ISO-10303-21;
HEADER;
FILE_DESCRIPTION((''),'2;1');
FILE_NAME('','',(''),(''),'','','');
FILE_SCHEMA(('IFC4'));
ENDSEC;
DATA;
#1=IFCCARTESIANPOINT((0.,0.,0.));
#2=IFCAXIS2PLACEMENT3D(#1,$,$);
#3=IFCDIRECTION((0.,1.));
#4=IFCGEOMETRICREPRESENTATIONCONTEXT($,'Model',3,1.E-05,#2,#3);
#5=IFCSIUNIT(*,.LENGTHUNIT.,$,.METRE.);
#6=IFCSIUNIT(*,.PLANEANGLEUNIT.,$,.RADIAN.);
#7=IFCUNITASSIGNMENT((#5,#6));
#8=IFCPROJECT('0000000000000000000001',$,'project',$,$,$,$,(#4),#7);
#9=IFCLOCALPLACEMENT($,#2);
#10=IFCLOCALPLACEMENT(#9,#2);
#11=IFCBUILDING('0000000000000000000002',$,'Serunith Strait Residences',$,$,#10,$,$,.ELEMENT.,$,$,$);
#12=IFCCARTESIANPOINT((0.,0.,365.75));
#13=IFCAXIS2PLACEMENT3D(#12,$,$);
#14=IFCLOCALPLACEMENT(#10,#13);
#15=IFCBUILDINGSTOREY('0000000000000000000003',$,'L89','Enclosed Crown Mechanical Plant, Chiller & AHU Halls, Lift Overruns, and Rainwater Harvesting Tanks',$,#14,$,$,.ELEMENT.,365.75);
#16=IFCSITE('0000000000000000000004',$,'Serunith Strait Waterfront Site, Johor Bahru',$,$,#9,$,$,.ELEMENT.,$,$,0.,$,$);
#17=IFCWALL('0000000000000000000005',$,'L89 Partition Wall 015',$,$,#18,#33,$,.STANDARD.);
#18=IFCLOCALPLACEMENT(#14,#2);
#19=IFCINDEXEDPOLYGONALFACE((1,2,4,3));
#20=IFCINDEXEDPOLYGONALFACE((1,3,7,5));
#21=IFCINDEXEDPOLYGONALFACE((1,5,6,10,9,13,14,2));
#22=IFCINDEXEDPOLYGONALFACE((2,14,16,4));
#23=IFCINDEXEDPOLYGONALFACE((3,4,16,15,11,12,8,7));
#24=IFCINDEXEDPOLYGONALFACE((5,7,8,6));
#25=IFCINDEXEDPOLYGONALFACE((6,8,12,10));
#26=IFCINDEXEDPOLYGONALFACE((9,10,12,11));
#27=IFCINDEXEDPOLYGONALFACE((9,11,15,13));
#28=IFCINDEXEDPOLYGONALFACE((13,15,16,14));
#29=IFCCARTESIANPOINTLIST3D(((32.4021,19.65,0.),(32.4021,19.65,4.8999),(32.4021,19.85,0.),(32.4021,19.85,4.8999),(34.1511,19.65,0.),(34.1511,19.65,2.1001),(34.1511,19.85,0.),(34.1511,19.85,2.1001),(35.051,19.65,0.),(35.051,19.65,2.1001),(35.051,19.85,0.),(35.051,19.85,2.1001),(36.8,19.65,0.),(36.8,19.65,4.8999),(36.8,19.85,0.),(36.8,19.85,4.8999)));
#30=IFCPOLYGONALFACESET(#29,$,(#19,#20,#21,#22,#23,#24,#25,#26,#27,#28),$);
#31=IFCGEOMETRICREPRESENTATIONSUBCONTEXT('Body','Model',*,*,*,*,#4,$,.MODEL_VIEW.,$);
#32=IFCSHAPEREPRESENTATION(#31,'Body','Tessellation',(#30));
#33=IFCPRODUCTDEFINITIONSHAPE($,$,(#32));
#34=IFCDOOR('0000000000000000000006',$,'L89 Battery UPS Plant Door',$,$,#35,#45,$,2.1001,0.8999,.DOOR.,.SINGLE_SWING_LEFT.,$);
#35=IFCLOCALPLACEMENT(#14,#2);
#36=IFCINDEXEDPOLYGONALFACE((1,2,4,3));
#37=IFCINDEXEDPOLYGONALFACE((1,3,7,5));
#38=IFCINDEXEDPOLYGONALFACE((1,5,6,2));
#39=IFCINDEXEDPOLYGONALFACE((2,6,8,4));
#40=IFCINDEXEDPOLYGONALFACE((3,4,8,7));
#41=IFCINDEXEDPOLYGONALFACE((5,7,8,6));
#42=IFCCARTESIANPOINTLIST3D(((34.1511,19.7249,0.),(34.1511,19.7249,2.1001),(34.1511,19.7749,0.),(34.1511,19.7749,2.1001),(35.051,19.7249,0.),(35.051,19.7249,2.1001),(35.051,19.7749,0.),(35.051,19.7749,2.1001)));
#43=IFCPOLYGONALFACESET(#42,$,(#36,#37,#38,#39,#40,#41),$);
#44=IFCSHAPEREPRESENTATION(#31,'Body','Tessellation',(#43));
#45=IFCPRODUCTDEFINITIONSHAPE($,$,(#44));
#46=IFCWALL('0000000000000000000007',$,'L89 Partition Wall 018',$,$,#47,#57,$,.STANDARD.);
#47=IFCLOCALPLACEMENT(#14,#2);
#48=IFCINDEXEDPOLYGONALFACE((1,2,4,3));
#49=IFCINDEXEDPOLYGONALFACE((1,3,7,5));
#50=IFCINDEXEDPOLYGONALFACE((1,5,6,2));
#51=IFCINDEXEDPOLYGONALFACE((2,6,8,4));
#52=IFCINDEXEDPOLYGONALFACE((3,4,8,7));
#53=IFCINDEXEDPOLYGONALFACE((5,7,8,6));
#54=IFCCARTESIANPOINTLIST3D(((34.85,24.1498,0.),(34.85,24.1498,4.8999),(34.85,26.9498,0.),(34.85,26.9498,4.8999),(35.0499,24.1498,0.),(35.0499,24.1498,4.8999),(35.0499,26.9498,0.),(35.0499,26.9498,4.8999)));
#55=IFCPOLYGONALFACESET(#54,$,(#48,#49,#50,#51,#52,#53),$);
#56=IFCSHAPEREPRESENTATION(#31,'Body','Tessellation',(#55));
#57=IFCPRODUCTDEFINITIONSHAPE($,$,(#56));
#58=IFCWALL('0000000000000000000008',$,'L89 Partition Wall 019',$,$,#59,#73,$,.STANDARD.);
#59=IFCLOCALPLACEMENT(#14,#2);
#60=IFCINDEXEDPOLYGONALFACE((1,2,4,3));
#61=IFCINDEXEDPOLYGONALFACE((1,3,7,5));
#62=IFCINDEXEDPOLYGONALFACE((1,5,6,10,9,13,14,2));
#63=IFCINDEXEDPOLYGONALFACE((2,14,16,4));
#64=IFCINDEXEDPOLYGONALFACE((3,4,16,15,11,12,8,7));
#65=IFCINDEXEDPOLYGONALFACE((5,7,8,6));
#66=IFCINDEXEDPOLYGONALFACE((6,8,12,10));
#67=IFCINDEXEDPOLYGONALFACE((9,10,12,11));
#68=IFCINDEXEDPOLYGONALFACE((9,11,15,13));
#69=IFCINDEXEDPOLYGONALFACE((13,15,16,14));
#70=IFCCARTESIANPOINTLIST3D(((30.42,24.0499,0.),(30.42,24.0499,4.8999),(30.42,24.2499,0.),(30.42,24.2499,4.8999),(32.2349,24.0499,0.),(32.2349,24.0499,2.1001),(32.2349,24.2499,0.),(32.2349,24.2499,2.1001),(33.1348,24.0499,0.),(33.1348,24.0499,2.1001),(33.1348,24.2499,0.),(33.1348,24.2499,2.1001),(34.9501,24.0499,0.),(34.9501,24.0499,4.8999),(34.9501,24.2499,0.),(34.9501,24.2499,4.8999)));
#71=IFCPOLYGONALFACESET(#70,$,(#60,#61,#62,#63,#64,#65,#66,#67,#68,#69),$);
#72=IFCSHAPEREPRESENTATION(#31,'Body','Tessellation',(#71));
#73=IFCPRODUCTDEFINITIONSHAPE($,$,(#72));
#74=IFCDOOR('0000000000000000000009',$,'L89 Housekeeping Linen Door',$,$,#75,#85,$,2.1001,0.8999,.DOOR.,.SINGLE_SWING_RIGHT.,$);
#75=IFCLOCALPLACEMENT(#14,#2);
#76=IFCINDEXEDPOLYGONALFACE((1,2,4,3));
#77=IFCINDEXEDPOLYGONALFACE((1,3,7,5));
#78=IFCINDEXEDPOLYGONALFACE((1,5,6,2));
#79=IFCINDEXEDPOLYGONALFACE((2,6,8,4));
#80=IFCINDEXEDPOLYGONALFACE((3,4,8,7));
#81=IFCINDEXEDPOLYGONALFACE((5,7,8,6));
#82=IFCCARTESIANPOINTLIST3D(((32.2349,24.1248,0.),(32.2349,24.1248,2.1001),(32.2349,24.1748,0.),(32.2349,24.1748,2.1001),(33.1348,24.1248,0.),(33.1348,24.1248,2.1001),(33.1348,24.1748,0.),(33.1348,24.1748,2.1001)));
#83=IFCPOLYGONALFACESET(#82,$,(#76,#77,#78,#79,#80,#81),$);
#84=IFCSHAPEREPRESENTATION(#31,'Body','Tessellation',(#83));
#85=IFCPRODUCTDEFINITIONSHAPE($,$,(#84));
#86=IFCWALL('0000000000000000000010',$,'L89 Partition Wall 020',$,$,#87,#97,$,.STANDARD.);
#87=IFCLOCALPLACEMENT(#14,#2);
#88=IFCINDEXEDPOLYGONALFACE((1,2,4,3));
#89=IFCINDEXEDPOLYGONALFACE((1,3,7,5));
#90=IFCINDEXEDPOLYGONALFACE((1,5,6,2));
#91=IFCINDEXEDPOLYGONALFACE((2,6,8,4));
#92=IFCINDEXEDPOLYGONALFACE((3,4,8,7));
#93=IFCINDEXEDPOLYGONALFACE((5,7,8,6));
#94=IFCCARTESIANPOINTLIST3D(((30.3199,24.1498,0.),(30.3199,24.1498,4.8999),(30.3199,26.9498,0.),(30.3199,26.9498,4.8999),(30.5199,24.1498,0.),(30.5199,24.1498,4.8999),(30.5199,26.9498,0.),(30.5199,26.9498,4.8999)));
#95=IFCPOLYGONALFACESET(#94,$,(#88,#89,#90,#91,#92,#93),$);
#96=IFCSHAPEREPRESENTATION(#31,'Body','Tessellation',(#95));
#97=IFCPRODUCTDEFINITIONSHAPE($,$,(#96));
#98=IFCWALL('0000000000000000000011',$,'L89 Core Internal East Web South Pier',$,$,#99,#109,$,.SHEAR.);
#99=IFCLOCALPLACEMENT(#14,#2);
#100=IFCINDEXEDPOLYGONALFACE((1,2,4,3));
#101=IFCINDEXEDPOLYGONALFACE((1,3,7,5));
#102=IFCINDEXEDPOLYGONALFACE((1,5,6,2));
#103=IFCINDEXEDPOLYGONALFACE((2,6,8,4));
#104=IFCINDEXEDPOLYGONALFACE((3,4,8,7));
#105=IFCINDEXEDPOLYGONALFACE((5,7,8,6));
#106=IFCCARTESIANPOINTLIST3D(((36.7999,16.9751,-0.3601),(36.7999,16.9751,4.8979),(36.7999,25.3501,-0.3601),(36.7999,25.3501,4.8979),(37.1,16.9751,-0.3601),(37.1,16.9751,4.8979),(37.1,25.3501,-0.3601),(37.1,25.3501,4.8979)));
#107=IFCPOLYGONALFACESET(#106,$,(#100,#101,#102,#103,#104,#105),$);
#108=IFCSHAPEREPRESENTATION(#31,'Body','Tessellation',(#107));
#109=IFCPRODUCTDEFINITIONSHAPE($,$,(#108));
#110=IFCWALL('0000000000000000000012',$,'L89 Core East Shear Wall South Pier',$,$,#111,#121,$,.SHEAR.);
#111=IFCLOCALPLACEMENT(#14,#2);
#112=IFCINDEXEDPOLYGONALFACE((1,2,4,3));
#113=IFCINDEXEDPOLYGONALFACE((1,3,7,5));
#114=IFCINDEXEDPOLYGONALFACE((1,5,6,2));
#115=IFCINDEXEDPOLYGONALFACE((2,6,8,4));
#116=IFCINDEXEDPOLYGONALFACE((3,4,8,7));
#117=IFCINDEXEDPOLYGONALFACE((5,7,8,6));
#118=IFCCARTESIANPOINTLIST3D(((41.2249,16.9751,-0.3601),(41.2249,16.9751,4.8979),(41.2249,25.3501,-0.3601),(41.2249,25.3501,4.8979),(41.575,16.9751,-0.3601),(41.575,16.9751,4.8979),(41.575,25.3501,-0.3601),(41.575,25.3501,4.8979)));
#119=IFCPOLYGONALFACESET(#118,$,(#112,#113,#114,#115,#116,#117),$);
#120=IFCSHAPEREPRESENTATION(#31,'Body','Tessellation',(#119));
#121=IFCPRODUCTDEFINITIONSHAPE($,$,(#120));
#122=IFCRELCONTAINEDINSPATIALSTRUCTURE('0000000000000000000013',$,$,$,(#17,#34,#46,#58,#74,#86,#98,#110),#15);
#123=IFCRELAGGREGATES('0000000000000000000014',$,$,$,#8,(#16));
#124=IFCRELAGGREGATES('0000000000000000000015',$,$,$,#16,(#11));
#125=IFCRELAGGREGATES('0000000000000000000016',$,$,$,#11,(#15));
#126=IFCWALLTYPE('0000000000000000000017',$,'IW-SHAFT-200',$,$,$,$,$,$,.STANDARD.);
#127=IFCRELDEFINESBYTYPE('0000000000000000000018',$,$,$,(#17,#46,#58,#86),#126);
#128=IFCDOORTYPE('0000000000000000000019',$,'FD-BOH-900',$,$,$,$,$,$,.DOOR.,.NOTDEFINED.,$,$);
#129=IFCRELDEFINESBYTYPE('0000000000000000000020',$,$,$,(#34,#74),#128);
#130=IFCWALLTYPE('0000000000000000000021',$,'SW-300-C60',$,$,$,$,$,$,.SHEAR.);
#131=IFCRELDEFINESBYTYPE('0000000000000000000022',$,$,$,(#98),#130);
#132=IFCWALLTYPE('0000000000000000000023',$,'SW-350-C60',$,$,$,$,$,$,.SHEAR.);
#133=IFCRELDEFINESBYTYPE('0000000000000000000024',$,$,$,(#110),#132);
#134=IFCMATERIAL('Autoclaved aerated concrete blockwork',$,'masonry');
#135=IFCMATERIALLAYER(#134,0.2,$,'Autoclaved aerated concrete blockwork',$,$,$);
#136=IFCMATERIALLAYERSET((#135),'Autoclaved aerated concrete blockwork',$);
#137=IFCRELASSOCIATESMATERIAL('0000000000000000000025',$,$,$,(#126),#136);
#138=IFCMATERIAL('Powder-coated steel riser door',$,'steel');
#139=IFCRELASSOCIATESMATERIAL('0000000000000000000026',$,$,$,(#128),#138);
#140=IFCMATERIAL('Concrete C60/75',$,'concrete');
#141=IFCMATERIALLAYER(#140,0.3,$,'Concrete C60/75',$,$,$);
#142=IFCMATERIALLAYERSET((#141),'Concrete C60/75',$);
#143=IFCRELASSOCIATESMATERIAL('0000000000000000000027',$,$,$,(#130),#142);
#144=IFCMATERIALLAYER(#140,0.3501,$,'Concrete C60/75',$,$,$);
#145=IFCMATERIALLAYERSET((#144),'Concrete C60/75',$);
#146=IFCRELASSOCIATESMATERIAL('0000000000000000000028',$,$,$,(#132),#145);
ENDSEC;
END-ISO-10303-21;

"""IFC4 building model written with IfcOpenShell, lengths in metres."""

from ifc_helpers import new_model, si_unit, direction, frame, frame_2d, origin, place, context, subcontext, project, spatial, rectangle, extrude, source, transform, mapped, material, layer, layer_set, type_object, element, fill, save


model = new_model("IFC4")

# Units and contexts
model_context = context("Model", 3, precision=1e-05, world=origin(), true_north=direction((0.0, 1.0)))
body_context = subcontext(model_context, "Body", "Model", "MODEL_VIEW")
ifc_project = project(units=[si_unit("LENGTHUNIT", "METRE"), si_unit("PLANEANGLEUNIT", "RADIAN")], contexts=[model_context])

# Site, building, storey
site_placement = place(None, origin())
site = spatial("IfcSite", under=ifc_project, at=site_placement, Name="Serunith Strait Waterfront Site, Johor Bahru", CompositionType="ELEMENT", RefElevation=0.0)
building_placement = place(site_placement, origin())
building = spatial("IfcBuilding", under=site, at=building_placement, Name="Serunith Strait Residences", CompositionType="ELEMENT")
storey_placement = place(building_placement, frame((0.0, 0.0, 365.75)))
storey = spatial("IfcBuildingStorey", under=building, at=storey_placement, Name="L89", Description="Enclosed Crown Mechanical Plant, Chiller & AHU Halls, Lift Overruns, and Rainwater Harvesting Tanks", CompositionType="ELEMENT", Elevation=365.75)

# Shared definitions
ifc_material_1 = material(Name="Concrete C60/75", Category="concrete")

# Wall, opening, door
ifc_material_2 = material(Name="Autoclaved aerated concrete blockwork", Category="masonry")
ifc_layer_1 = layer(ifc_material_2, 0.2, Name="Autoclaved aerated concrete blockwork")
ifc_layer_set_1 = layer_set([ifc_layer_1], Name="Autoclaved aerated concrete blockwork")
wall_type_1 = type_object("IfcWallType", Name="IW-SHAFT-200", PredefinedType="STANDARD", material=ifc_layer_set_1)
wall_1_placement = place(storey_placement, frame((32.4021, 19.75, 0.0), z_axis=(0.0, 0.0, 1.0), x_axis=(1.0, 0.0, 0.0)))
wall_1 = element("IfcWall", 1, at=wall_1_placement, inside=storey, type_object=wall_type_1, Name="L89 Partition Wall 015", PredefinedType="STANDARD", context=body_context, shape_type="SweptSolid", body=[
    extrude(rectangle(XDim=4.3979, YDim=0.2, at=frame_2d((2.199, 0.0))), origin(), (0.0, 0.0, 1.0), 4.8999),
])
opening_1_placement = place(wall_1_placement, frame((1.749, 0.0, 0.0)))
opening_1 = element("IfcOpeningElement", 2, at=opening_1_placement, cuts=wall_1, PredefinedType="OPENING", context=body_context, shape_type="SweptSolid", body=[
    extrude(rectangle(XDim=0.8999, YDim=2.1001, at=frame_2d((0.45, 1.05))), frame((0.0, 0.1099, 0.0), z_axis=(0.0, -1.0, 0.0), x_axis=(1.0, 0.0, 0.0)), (0.0, 0.0, 1.0), 0.22),
])
ifc_material_3 = material(Name="Powder-coated steel riser door", Category="steel")
door_type_1 = type_object("IfcDoorType", Name="FD-BOH-900", OperationType="NOTDEFINED", PredefinedType="DOOR", material=ifc_material_3)
shared_shape_1 = source(origin(), body_context, "Body", "SweptSolid", [
    extrude(rectangle(XDim=0.8999, YDim=2.1001, at=frame_2d((0.45, 1.05))), frame((0.0, 0.0249, 0.0), z_axis=(0.0, -1.0, 0.0), x_axis=(1.0, 0.0, 0.0)), (0.0, 0.0, 1.0), 0.05),
])
door_1_placement = place(opening_1_placement, origin())
door_1 = element("IfcDoor", 3, at=door_1_placement, inside=storey, type_object=door_type_1, Name="L89 Battery UPS Plant Door", OperationType="SINGLE_SWING_LEFT", OverallHeight=2.1001, OverallWidth=0.8999, PredefinedType="DOOR", context=body_context, shape_type="MappedRepresentation", body=[
    mapped(shared_shape_1, transform((0.0, 0.0, 0.0), scale=1.0)),
])
fill(opening_1, door_1)

# Wall
wall_2_placement = place(storey_placement, frame((34.95, 24.1499, 0.0), z_axis=(0.0, 0.0, 1.0), x_axis=(0.0, 1.0, 0.0)))
element("IfcWall", 4, at=wall_2_placement, inside=storey, type_object=wall_type_1, Name="L89 Partition Wall 018", PredefinedType="STANDARD", context=body_context, shape_type="SweptSolid", body=[
    extrude(rectangle(XDim=2.8, YDim=0.2, at=frame_2d((1.3999, 0.0))), origin(), (0.0, 0.0, 1.0), 4.8999),
])

# Wall, opening, door
wall_3_placement = place(storey_placement, frame((30.4199, 24.1499, 0.0), z_axis=(0.0, 0.0, 1.0), x_axis=(1.0, 0.0, 0.0)))
wall_3 = element("IfcWall", 5, at=wall_3_placement, inside=storey, type_object=wall_type_1, Name="L89 Partition Wall 019", PredefinedType="STANDARD", context=body_context, shape_type="SweptSolid", body=[
    extrude(rectangle(XDim=4.53, YDim=0.2, at=frame_2d((2.2651, 0.0))), origin(), (0.0, 0.0, 1.0), 4.8999),
])
opening_2_placement = place(wall_3_placement, frame((1.8149, 0.0, 0.0)))
opening_2 = element("IfcOpeningElement", 6, at=opening_2_placement, cuts=wall_3, PredefinedType="OPENING", context=body_context, shape_type="SweptSolid", body=[
    extrude(rectangle(XDim=0.8999, YDim=2.1001, at=frame_2d((0.45, 1.05))), frame((0.0, 0.1099, 0.0), z_axis=(0.0, -1.0, 0.0), x_axis=(1.0, 0.0, 0.0)), (0.0, 0.0, 1.0), 0.22),
])
door_2_placement = place(opening_2_placement, origin())
door_2 = element("IfcDoor", 7, at=door_2_placement, inside=storey, type_object=door_type_1, Name="L89 Housekeeping Linen Door", OperationType="SINGLE_SWING_RIGHT", OverallHeight=2.1001, OverallWidth=0.8999, PredefinedType="DOOR", context=body_context, shape_type="MappedRepresentation", body=[
    mapped(shared_shape_1, transform((0.0, 0.0, 0.0), scale=1.0)),
])
fill(opening_2, door_2)

# Walls
wall_4_placement = place(storey_placement, frame((30.4199, 24.1499, 0.0), z_axis=(0.0, 0.0, 1.0), x_axis=(0.0, 1.0, 0.0)))
element("IfcWall", 8, at=wall_4_placement, inside=storey, type_object=wall_type_1, Name="L89 Partition Wall 020", PredefinedType="STANDARD", context=body_context, shape_type="SweptSolid", body=[
    extrude(rectangle(XDim=2.8, YDim=0.2, at=frame_2d((1.3999, 0.0))), origin(), (0.0, 0.0, 1.0), 4.8999),
])
ifc_layer_2 = layer(ifc_material_1, 0.3, Name="Concrete C60/75")
ifc_layer_set_2 = layer_set([ifc_layer_2], Name="Concrete C60/75")
wall_type_2 = type_object("IfcWallType", Name="SW-300-C60", PredefinedType="SHEAR", material=ifc_layer_set_2)
wall_5_placement = place(storey_placement, frame((36.95, 16.9751, -0.3601), z_axis=(0.0, 0.0, 1.0), x_axis=(0.0, 1.0, 0.0)))
element("IfcWall", 9, at=wall_5_placement, inside=storey, type_object=wall_type_2, Name="L89 Core Internal East Web South Pier", PredefinedType="SHEAR", context=body_context, shape_type="SweptSolid", body=[
    extrude(rectangle(XDim=8.375, YDim=0.3, at=frame_2d((4.1875, 0.0))), origin(), (0.0, 0.0, 1.0), 5.2581),
])
ifc_layer_3 = layer(ifc_material_1, 0.3501, Name="Concrete C60/75")
ifc_layer_set_3 = layer_set([ifc_layer_3], Name="Concrete C60/75")
wall_type_3 = type_object("IfcWallType", Name="SW-350-C60", PredefinedType="SHEAR", material=ifc_layer_set_3)
wall_6_placement = place(storey_placement, frame((41.3999, 16.9751, -0.3601), z_axis=(0.0, 0.0, 1.0), x_axis=(0.0, 1.0, 0.0)))
element("IfcWall", 10, at=wall_6_placement, inside=storey, type_object=wall_type_3, Name="L89 Core East Shear Wall South Pier", PredefinedType="SHEAR", context=body_context, shape_type="SweptSolid", body=[
    extrude(rectangle(XDim=8.375, YDim=0.3501, at=frame_2d((4.1875, 0.0))), origin(), (0.0, 0.0, 1.0), 5.2581),
])

save(model, "model.ifc")
